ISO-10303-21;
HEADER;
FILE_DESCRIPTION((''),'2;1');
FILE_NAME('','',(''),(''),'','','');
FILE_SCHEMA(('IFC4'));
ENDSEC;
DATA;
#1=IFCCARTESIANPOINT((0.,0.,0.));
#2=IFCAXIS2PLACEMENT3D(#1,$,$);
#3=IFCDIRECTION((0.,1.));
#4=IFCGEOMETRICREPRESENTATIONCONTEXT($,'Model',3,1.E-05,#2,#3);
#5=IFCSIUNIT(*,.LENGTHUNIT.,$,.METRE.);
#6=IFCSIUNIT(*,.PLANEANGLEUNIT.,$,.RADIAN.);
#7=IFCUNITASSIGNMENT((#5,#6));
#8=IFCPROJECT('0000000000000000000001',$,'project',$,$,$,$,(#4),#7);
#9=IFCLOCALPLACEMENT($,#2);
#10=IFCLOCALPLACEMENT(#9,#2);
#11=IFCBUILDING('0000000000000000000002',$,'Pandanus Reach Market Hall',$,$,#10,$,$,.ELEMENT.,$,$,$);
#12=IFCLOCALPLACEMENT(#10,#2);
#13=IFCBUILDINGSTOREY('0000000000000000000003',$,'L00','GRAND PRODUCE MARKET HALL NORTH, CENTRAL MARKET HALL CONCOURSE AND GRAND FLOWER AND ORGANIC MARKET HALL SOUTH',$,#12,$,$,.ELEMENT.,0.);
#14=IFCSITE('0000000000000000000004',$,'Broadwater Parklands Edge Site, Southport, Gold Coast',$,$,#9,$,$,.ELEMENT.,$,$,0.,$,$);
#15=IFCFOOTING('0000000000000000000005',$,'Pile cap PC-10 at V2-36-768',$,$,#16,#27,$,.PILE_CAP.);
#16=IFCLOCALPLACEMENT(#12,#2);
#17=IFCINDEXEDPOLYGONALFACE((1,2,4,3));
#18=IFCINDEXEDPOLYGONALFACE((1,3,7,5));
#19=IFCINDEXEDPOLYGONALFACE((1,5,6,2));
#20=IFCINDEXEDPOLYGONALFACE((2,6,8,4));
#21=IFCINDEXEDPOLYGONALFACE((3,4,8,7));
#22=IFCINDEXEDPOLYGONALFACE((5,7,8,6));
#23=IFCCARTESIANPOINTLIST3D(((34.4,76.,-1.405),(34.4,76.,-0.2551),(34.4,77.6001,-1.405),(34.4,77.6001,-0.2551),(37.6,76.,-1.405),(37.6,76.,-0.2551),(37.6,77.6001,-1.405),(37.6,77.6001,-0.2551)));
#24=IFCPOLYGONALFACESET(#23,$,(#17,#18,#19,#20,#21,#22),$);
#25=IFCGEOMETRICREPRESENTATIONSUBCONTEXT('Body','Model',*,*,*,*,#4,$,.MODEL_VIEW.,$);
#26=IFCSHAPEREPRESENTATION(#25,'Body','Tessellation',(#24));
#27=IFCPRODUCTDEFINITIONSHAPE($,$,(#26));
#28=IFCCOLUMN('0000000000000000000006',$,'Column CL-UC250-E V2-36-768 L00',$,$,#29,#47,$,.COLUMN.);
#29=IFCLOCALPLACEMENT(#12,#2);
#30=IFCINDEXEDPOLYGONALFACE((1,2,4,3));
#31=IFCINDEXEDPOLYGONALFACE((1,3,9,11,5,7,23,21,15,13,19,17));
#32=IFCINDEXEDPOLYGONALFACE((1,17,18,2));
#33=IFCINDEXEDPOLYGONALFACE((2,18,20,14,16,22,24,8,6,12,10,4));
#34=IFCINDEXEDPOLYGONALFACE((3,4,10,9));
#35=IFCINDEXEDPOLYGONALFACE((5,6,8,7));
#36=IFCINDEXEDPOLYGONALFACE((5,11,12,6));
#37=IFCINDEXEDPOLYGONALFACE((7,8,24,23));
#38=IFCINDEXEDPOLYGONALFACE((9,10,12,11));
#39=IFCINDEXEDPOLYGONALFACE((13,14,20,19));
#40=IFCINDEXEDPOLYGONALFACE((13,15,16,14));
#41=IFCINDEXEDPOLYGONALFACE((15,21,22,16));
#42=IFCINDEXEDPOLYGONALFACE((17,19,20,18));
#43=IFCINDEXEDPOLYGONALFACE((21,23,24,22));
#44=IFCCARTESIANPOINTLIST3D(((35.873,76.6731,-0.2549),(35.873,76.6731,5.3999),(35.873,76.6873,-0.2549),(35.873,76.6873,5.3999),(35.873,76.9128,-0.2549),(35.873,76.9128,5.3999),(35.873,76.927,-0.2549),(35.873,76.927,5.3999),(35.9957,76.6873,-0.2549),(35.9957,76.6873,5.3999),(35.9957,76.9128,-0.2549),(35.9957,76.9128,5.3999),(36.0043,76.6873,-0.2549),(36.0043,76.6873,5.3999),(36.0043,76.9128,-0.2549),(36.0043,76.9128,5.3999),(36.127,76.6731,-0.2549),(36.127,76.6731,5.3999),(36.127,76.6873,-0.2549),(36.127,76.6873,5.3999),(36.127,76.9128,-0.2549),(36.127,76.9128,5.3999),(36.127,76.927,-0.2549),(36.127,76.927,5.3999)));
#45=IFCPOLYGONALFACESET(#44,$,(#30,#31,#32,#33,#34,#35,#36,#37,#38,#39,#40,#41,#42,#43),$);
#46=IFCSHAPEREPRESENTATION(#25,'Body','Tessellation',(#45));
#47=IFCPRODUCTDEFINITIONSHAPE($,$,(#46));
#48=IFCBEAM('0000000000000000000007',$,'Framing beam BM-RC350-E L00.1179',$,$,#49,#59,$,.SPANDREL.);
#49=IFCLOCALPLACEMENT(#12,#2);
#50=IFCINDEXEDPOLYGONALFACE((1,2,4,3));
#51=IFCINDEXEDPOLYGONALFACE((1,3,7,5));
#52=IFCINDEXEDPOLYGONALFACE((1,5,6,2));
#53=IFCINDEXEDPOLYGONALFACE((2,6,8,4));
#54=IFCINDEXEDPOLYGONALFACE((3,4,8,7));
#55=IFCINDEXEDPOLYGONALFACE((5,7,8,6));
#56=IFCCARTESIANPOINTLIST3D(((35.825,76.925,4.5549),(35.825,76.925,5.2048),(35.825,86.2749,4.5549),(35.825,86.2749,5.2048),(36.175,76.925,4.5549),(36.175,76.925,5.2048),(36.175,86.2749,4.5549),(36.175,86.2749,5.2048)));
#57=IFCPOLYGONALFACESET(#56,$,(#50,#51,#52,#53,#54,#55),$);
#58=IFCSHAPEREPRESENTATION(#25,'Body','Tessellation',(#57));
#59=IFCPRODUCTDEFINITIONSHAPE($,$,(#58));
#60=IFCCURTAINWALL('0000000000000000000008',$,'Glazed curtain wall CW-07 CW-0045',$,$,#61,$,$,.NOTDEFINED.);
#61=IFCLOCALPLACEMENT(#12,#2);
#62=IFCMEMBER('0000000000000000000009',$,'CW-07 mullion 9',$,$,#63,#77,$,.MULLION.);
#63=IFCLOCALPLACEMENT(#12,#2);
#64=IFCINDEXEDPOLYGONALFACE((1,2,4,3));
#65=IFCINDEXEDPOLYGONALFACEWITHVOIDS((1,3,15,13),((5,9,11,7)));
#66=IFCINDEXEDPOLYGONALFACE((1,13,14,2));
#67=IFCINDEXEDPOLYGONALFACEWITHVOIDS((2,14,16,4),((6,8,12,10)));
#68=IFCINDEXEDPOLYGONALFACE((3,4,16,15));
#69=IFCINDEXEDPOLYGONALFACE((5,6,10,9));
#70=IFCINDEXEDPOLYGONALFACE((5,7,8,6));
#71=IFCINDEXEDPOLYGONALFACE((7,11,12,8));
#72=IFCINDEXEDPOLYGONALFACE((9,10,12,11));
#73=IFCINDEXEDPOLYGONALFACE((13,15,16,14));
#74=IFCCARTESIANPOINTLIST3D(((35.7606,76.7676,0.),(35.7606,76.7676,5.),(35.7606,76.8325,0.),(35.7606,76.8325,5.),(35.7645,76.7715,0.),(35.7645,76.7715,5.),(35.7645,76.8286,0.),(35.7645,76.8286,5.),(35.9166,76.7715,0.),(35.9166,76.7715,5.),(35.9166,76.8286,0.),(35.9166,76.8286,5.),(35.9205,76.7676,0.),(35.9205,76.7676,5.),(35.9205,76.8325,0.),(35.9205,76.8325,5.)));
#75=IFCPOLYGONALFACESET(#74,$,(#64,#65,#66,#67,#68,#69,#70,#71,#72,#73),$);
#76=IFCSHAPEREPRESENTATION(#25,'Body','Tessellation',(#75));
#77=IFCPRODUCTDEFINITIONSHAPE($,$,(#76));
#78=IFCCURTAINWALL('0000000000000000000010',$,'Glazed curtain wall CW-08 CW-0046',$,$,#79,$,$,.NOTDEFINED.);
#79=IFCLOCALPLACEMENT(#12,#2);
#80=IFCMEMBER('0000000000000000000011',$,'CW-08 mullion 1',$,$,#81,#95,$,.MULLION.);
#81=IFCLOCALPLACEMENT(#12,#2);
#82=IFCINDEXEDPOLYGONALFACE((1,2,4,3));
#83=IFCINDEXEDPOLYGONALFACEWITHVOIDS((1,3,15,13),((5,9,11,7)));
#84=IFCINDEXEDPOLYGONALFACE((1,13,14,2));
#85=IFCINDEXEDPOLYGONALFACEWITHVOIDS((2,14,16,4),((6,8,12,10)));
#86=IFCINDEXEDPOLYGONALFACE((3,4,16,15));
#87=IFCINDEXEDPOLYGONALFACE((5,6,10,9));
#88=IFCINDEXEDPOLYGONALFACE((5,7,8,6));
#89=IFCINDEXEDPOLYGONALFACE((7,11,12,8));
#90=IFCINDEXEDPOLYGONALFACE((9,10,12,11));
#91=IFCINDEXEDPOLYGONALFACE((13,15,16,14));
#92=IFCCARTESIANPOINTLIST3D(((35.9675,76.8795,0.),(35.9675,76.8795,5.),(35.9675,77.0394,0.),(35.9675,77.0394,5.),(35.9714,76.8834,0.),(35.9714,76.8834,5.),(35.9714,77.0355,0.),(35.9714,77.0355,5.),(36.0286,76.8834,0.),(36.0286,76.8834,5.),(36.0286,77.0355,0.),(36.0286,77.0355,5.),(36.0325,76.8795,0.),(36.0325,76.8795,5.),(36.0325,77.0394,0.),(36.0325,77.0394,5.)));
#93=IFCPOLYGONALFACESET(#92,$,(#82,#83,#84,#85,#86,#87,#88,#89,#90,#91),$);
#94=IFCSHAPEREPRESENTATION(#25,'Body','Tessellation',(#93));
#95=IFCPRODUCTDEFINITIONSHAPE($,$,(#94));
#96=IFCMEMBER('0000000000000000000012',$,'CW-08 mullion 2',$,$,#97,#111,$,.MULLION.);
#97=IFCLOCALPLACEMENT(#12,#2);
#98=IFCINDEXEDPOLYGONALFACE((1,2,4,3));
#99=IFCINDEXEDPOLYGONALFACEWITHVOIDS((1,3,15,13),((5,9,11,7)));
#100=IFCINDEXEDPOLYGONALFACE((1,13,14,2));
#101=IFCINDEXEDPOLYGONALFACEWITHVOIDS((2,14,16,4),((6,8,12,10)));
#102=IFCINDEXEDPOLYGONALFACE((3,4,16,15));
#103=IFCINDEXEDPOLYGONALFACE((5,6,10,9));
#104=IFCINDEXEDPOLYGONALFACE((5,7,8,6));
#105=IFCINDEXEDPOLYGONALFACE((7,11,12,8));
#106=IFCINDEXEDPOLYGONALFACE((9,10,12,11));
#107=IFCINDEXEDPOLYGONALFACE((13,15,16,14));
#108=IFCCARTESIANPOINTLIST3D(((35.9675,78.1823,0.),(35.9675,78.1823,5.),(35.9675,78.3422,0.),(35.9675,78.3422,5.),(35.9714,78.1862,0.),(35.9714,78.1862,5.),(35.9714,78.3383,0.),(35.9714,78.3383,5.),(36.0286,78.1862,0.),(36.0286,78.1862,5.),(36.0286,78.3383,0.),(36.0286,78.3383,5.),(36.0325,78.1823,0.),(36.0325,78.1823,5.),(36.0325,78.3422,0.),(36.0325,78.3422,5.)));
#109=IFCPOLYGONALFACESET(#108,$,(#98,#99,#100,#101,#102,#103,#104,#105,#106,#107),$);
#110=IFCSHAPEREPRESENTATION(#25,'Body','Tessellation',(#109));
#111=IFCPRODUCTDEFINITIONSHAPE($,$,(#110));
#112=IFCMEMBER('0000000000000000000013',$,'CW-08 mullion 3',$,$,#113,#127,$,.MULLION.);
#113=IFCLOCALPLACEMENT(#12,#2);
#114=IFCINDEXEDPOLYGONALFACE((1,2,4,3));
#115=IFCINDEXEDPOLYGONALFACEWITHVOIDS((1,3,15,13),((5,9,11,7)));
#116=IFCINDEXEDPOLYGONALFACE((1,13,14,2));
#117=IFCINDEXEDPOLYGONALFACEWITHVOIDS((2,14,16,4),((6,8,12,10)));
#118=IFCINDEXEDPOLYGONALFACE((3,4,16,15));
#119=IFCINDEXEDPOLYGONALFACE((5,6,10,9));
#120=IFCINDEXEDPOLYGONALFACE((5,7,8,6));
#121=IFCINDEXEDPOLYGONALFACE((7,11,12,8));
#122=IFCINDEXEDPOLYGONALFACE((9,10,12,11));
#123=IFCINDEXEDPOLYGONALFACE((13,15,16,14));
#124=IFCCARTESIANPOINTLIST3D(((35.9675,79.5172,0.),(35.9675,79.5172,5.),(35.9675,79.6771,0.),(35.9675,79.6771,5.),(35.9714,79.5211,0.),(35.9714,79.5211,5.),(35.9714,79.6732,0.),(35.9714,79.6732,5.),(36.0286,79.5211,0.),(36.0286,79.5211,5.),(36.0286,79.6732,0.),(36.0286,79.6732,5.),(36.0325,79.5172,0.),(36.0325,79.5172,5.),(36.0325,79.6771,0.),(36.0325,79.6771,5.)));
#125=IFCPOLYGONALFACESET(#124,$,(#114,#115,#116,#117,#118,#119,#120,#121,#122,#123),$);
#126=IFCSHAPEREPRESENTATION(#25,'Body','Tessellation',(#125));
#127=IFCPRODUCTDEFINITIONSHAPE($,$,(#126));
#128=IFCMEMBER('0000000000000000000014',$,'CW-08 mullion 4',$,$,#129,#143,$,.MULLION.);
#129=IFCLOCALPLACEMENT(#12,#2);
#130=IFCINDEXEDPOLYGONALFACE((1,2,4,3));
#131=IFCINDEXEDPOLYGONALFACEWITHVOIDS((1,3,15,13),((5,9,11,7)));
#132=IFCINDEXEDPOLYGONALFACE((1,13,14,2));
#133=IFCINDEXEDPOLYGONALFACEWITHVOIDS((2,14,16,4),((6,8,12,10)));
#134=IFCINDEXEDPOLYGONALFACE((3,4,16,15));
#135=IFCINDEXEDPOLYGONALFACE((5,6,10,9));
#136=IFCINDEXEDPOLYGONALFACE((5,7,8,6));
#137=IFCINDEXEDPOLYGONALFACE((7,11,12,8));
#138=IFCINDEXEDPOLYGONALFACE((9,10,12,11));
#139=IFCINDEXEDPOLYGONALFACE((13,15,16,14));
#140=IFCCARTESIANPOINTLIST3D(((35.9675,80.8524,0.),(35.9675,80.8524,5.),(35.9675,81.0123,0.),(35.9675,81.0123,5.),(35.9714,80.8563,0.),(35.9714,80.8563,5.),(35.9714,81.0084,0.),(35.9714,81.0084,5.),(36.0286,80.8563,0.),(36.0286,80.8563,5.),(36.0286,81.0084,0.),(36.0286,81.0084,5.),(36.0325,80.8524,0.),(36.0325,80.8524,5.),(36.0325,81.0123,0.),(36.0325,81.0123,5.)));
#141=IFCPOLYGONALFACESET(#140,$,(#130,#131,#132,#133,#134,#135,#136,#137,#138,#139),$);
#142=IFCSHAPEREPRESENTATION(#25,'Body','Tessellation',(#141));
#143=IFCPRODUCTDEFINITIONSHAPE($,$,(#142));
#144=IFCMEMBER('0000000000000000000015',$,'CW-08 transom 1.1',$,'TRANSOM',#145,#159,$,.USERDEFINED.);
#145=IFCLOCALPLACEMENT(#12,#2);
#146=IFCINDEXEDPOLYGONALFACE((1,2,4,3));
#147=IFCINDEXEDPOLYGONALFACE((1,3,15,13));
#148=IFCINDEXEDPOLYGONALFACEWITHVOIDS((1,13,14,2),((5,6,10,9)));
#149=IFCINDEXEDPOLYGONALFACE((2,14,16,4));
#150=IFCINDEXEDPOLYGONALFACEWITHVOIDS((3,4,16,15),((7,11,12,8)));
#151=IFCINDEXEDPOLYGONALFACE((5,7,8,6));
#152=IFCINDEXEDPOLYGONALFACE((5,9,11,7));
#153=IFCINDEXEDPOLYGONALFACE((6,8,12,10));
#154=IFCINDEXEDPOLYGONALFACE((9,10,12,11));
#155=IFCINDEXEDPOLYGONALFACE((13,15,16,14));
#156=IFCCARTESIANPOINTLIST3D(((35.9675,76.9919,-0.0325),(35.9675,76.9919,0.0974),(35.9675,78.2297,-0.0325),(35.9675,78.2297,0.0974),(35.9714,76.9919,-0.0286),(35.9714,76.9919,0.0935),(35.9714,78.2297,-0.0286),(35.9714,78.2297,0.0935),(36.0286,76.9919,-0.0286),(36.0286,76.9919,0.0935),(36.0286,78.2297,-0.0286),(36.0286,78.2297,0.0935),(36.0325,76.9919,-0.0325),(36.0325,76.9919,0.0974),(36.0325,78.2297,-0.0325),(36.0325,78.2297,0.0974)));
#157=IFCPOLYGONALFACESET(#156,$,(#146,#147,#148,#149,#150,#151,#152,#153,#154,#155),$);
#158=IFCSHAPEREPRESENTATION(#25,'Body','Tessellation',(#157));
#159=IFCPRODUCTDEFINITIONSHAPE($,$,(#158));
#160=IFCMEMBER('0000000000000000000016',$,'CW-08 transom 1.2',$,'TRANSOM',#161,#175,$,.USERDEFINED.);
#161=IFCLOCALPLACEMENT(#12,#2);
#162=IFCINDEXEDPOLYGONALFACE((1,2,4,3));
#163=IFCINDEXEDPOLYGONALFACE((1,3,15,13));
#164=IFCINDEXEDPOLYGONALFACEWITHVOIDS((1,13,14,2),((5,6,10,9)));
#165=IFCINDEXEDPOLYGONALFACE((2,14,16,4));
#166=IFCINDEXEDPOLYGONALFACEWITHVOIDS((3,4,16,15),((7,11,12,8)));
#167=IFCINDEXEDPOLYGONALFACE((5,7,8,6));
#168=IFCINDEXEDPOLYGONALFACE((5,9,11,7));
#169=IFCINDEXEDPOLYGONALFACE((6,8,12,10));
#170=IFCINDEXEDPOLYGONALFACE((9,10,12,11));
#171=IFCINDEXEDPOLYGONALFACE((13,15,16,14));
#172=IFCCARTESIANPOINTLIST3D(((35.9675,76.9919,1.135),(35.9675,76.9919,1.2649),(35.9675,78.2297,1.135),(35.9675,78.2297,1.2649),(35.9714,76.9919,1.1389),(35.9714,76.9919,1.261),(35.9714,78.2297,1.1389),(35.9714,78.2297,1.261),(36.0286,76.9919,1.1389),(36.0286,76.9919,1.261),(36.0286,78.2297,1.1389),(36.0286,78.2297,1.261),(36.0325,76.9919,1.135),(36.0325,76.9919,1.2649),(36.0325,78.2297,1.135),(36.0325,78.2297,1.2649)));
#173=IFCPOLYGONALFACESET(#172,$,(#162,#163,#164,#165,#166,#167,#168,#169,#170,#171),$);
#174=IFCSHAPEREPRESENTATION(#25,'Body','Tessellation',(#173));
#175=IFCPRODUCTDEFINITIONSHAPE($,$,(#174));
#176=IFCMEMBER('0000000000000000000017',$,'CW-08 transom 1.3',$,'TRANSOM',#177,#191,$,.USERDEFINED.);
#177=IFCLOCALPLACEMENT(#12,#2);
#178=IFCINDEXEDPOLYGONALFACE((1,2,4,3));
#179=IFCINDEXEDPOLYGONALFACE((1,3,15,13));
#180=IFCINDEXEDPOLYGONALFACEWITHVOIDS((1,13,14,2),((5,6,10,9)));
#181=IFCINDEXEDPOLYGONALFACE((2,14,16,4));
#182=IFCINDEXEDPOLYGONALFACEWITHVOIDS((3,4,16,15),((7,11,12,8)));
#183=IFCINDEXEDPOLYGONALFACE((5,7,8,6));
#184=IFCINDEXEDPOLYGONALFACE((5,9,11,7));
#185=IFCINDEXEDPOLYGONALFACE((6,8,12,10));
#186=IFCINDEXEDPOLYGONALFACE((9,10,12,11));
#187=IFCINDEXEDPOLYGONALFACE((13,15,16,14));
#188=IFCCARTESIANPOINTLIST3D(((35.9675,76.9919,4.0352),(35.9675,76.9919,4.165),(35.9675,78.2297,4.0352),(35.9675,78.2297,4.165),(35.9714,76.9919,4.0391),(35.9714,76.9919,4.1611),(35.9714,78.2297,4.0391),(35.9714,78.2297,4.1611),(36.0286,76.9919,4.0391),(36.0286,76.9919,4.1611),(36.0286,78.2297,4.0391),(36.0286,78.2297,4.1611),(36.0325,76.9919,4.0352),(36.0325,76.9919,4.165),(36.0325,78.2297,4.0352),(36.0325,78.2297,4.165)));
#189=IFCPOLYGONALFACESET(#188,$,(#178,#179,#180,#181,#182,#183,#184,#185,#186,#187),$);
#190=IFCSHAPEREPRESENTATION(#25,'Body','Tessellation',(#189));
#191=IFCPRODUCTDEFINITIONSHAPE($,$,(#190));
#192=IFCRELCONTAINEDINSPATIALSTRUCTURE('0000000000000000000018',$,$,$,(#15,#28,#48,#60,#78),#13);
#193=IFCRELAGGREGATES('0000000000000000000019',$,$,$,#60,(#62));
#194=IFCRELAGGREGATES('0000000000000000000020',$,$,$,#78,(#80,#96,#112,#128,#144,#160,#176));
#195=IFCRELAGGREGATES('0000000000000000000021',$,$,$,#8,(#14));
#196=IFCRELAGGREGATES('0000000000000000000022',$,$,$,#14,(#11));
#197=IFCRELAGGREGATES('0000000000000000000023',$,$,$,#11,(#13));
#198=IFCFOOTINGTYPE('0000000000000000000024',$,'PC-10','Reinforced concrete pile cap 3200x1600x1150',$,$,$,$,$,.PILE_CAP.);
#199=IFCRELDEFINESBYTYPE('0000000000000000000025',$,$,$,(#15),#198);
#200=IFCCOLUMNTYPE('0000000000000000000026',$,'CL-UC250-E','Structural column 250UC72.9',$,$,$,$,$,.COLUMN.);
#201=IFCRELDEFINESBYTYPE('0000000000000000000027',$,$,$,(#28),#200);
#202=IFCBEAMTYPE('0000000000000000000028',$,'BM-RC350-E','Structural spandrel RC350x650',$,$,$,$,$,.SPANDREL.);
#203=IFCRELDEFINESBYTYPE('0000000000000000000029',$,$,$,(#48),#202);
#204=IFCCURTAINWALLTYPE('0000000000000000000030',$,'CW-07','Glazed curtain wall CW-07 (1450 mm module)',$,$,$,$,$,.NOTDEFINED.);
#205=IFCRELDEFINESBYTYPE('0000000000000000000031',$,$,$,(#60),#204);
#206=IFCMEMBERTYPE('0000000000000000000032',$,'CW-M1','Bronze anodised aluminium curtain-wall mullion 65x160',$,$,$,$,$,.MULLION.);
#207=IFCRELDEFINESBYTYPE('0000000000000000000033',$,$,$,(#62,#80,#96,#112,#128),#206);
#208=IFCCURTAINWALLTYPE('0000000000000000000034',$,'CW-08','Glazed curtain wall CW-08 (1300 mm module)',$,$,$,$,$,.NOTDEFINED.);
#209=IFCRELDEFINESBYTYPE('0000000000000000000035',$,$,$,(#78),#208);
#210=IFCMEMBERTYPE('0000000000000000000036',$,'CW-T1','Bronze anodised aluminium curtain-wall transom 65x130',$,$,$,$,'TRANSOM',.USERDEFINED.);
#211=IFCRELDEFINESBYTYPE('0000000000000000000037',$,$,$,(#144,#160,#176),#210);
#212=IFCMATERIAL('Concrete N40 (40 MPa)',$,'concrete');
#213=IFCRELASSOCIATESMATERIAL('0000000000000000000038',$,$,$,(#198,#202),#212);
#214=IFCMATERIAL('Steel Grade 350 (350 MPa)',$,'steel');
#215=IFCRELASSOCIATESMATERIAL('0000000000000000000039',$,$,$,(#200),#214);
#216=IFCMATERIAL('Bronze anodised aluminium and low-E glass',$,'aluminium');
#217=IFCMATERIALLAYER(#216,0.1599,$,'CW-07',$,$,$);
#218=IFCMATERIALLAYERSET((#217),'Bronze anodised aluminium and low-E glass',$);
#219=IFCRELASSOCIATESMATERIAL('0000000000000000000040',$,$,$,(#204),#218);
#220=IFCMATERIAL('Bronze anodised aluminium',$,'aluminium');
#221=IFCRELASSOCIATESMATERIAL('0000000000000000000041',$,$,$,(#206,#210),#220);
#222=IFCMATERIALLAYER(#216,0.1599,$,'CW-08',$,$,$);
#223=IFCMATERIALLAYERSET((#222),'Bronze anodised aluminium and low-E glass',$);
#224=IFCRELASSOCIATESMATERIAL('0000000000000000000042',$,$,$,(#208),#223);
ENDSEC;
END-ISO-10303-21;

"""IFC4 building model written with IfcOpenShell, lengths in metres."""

from ifc_helpers import new_model, si_unit, direction, frame, origin, origin_2d, place, context, subcontext, project, spatial, rectangle, hollow_rectangle, i_section, extrude, material, layer, layer_set, material_profile, profile_set, type_object, element, aggregate, save


model = new_model("IFC4")

# Units and contexts
model_context = context("Model", 3, precision=1e-05, world=origin(), true_north=direction((0.0, 1.0)))
body_context = subcontext(model_context, "Body", "Model", "MODEL_VIEW")
ifc_project = project(units=[si_unit("LENGTHUNIT", "METRE"), si_unit("PLANEANGLEUNIT", "RADIAN")], contexts=[model_context])

# Site, building, storey
site_placement = place(None, origin())
site = spatial("IfcSite", under=ifc_project, at=site_placement, Name="Broadwater Parklands Edge Site, Southport, Gold Coast", CompositionType="ELEMENT", RefElevation=0.0)
building_placement = place(site_placement, origin())
building = spatial("IfcBuilding", under=site, at=building_placement, Name="Pandanus Reach Market Hall", CompositionType="ELEMENT")
storey_placement = place(building_placement, origin())
storey = spatial("IfcBuildingStorey", under=building, at=storey_placement, Name="L00", Description="GRAND PRODUCE MARKET HALL NORTH, CENTRAL MARKET HALL CONCOURSE AND GRAND FLOWER AND ORGANIC MARKET HALL SOUTH", CompositionType="ELEMENT", Elevation=0.0)

# Footing
ifc_material_1 = material(Name="Concrete N40 (40 MPa)", Category="concrete")
footing_type = type_object("IfcFootingType", Name="PC-10", Description="Reinforced concrete pile cap 3200x1600x1150", PredefinedType="PILE_CAP", material=ifc_material_1)
footing_placement = place(storey_placement, frame((36.0, 76.8, -1.405), z_axis=(0.0, 0.0, 1.0), x_axis=(1.0, 0.0, 0.0)))
element("IfcFooting", 1, at=footing_placement, inside=storey, type_object=footing_type, Name="Pile cap PC-10 at V2-36-768", PredefinedType="PILE_CAP", context=body_context, shape_type="SweptSolid", body=[
    extrude(rectangle(XDim=3.2, YDim=1.6001, at=origin_2d()), origin(), (0.0, 0.0, 1.0), 1.1499),
])

# Column
ifc_material_2 = material(Name="Steel Grade 350 (350 MPa)", Category="steel")
ifc_material_profile_1 = material_profile(ifc_material_2, i_section(OverallWidth=0.2539, OverallDepth=0.2539, WebThickness=0.0085, FlangeThickness=0.0142, at=origin_2d()), Name="250UC72.9", Category="LoadBearing")
ifc_profile_set_1 = profile_set([ifc_material_profile_1], Name="Steel Grade 350 (350 MPa)")
column_type = type_object("IfcColumnType", Name="CL-UC250-E", Description="Structural column 250UC72.9", PredefinedType="COLUMN", material=ifc_profile_set_1)
column_placement = place(storey_placement, frame((36.0, 76.8, -0.2549), z_axis=(0.0, 0.0, 1.0), x_axis=(1.0, 0.0, 0.0)))
element("IfcColumn", 2, at=column_placement, inside=storey, type_object=column_type, Name="Column CL-UC250-E V2-36-768 L00", PredefinedType="COLUMN", context=body_context, shape_type="SweptSolid", body=[
    extrude(i_section(OverallWidth=0.2539, OverallDepth=0.2539, WebThickness=0.0085, FlangeThickness=0.0142, at=origin_2d()), origin(), (0.0, 0.0, 1.0), 5.6548),
])

# Beam
ifc_material_profile_2 = material_profile(ifc_material_1, rectangle(XDim=0.3501, YDim=0.6499, at=origin_2d()), Name="RC350x650", Category="LoadBearing")
ifc_profile_set_2 = profile_set([ifc_material_profile_2], Name="Concrete N40 (40 MPa)")
beam_type = type_object("IfcBeamType", Name="BM-RC350-E", Description="Structural spandrel RC350x650", PredefinedType="SPANDREL", material=ifc_profile_set_2)
beam_placement = place(storey_placement, frame((36.0, 76.925, 4.8799), z_axis=(0.0, 1.0, 0.0), x_axis=(-1.0, 0.0, 0.0)))
element("IfcBeam", 3, at=beam_placement, inside=storey, type_object=beam_type, Name="Framing beam BM-RC350-E L00.1179", PredefinedType="SPANDREL", context=body_context, shape_type="SweptSolid", body=[
    extrude(rectangle(XDim=0.3501, YDim=0.6499, at=origin_2d()), origin(), (0.0, 0.0, 1.0), 9.3499),
])

# Curtain wall, member
ifc_material_3 = material(Name="Bronze anodised aluminium and low-E glass", Category="aluminium")
ifc_layer_1 = layer(ifc_material_3, 0.1599, Name="CW-07")
ifc_layer_set_1 = layer_set([ifc_layer_1], Name="Bronze anodised aluminium and low-E glass")
curtain_wall_type_1 = type_object("IfcCurtainWallType", Name="CW-07", Description="Glazed curtain wall CW-07 (1450 mm module)", PredefinedType="NOTDEFINED", material=ifc_layer_set_1)
curtain_wall_1_placement = place(storey_placement, origin())
curtain_wall_1 = element("IfcCurtainWall", 4, at=curtain_wall_1_placement, inside=storey, type_object=curtain_wall_type_1, Name="Glazed curtain wall CW-07 CW-0045", PredefinedType="NOTDEFINED")
ifc_material_4 = material(Name="Bronze anodised aluminium", Category="aluminium")
ifc_material_profile_3 = material_profile(ifc_material_4, hollow_rectangle(XDim=0.0649, YDim=0.1599, WallThickness=0.0039, at=origin_2d()), Name="ALU65x160", Category="LoadBearing")
ifc_profile_set_3 = profile_set([ifc_material_profile_3], Name="Bronze anodised aluminium")
member_type_1 = type_object("IfcMemberType", Name="CW-M1", Description="Bronze anodised aluminium curtain-wall mullion 65x160", PredefinedType="MULLION", material=ifc_profile_set_3)
member_1_placement = place(storey_placement, frame((35.8406, 76.8, 0.0), z_axis=(0.0, 0.0, 1.0), x_axis=(0.0, 1.0, 0.0)))
member_1 = element("IfcMember", 5, at=member_1_placement, type_object=member_type_1, Name="CW-07 mullion 9", PredefinedType="MULLION", context=body_context, shape_type="SweptSolid", body=[
    extrude(hollow_rectangle(XDim=0.0649, YDim=0.1599, WallThickness=0.0039, at=origin_2d()), origin(), (0.0, 0.0, 1.0), 5.0),
])

# Curtain wall, members
ifc_layer_2 = layer(ifc_material_3, 0.1599, Name="CW-08")
ifc_layer_set_2 = layer_set([ifc_layer_2], Name="Bronze anodised aluminium and low-E glass")
curtain_wall_type_2 = type_object("IfcCurtainWallType", Name="CW-08", Description="Glazed curtain wall CW-08 (1300 mm module)", PredefinedType="NOTDEFINED", material=ifc_layer_set_2)
curtain_wall_2_placement = place(storey_placement, origin())
curtain_wall_2 = element("IfcCurtainWall", 6, at=curtain_wall_2_placement, inside=storey, type_object=curtain_wall_type_2, Name="Glazed curtain wall CW-08 CW-0046", PredefinedType="NOTDEFINED")
member_2_placement = place(storey_placement, frame((36.0, 76.9595, 0.0), z_axis=(0.0, 0.0, 1.0), x_axis=(-1.0, 0.0, 0.0)))
member_2 = element("IfcMember", 7, at=member_2_placement, type_object=member_type_1, Name="CW-08 mullion 1", PredefinedType="MULLION", context=body_context, shape_type="SweptSolid", body=[
    extrude(hollow_rectangle(XDim=0.0649, YDim=0.1599, WallThickness=0.0039, at=origin_2d()), origin(), (0.0, 0.0, 1.0), 5.0),
])
member_3_placement = place(storey_placement, frame((36.0, 78.2622, 0.0), z_axis=(0.0, 0.0, 1.0), x_axis=(-1.0, 0.0, 0.0)))
member_3 = element("IfcMember", 8, at=member_3_placement, type_object=member_type_1, Name="CW-08 mullion 2", PredefinedType="MULLION", context=body_context, shape_type="SweptSolid", body=[
    extrude(hollow_rectangle(XDim=0.0649, YDim=0.1599, WallThickness=0.0039, at=origin_2d()), origin(), (0.0, 0.0, 1.0), 5.0),
])
member_4_placement = place(storey_placement, frame((36.0, 79.5972, 0.0), z_axis=(0.0, 0.0, 1.0), x_axis=(-1.0, 0.0, 0.0)))
member_4 = element("IfcMember", 9, at=member_4_placement, type_object=member_type_1, Name="CW-08 mullion 3", PredefinedType="MULLION", context=body_context, shape_type="SweptSolid", body=[
    extrude(hollow_rectangle(XDim=0.0649, YDim=0.1599, WallThickness=0.0039, at=origin_2d()), origin(), (0.0, 0.0, 1.0), 5.0),
])
member_5_placement = place(storey_placement, frame((36.0, 80.9324, 0.0), z_axis=(0.0, 0.0, 1.0), x_axis=(-1.0, 0.0, 0.0)))
member_5 = element("IfcMember", 10, at=member_5_placement, type_object=member_type_1, Name="CW-08 mullion 4", PredefinedType="MULLION", context=body_context, shape_type="SweptSolid", body=[
    extrude(hollow_rectangle(XDim=0.0649, YDim=0.1599, WallThickness=0.0039, at=origin_2d()), origin(), (0.0, 0.0, 1.0), 5.0),
])
ifc_material_profile_4 = material_profile(ifc_material_4, hollow_rectangle(XDim=0.0649, YDim=0.1299, WallThickness=0.0039, at=origin_2d()), Name="ALU65x130", Category="LoadBearing")
ifc_profile_set_4 = profile_set([ifc_material_profile_4], Name="Bronze anodised aluminium")
member_type_2 = type_object("IfcMemberType", Name="CW-T1", Description="Bronze anodised aluminium curtain-wall transom 65x130", ElementType="TRANSOM", PredefinedType="USERDEFINED", material=ifc_profile_set_4)
member_6_placement = place(storey_placement, frame((36.0, 76.9919, 0.0325), z_axis=(0.0, 1.0, 0.0), x_axis=(-1.0, 0.0, 0.0)))
member_6 = element("IfcMember", 11, at=member_6_placement, type_object=member_type_2, Name="CW-08 transom 1.1", ObjectType="TRANSOM", PredefinedType="USERDEFINED", context=body_context, shape_type="SweptSolid", body=[
    extrude(hollow_rectangle(XDim=0.0649, YDim=0.1299, WallThickness=0.0039, at=origin_2d()), origin(), (0.0, 0.0, 1.0), 1.2378),
])
member_7_placement = place(storey_placement, frame((36.0, 76.9919, 1.2), z_axis=(0.0, 1.0, 0.0), x_axis=(-1.0, 0.0, 0.0)))
member_7 = element("IfcMember", 12, at=member_7_placement, type_object=member_type_2, Name="CW-08 transom 1.2", ObjectType="TRANSOM", PredefinedType="USERDEFINED", context=body_context, shape_type="SweptSolid", body=[
    extrude(hollow_rectangle(XDim=0.0649, YDim=0.1299, WallThickness=0.0039, at=origin_2d()), origin(), (0.0, 0.0, 1.0), 1.2378),
])
member_8_placement = place(storey_placement, frame((36.0, 76.9919, 4.1001), z_axis=(0.0, 1.0, 0.0), x_axis=(-1.0, 0.0, 0.0)))
member_8 = element("IfcMember", 13, at=member_8_placement, type_object=member_type_2, Name="CW-08 transom 1.3", ObjectType="TRANSOM", PredefinedType="USERDEFINED", context=body_context, shape_type="SweptSolid", body=[
    extrude(hollow_rectangle(XDim=0.0649, YDim=0.1299, WallThickness=0.0039, at=origin_2d()), origin(), (0.0, 0.0, 1.0), 1.2378),
])

aggregate(curtain_wall_1, [member_1])
aggregate(curtain_wall_2, [member_2, member_3, member_4, member_5, member_6, member_7, member_8])

save(model, "model.ifc")
